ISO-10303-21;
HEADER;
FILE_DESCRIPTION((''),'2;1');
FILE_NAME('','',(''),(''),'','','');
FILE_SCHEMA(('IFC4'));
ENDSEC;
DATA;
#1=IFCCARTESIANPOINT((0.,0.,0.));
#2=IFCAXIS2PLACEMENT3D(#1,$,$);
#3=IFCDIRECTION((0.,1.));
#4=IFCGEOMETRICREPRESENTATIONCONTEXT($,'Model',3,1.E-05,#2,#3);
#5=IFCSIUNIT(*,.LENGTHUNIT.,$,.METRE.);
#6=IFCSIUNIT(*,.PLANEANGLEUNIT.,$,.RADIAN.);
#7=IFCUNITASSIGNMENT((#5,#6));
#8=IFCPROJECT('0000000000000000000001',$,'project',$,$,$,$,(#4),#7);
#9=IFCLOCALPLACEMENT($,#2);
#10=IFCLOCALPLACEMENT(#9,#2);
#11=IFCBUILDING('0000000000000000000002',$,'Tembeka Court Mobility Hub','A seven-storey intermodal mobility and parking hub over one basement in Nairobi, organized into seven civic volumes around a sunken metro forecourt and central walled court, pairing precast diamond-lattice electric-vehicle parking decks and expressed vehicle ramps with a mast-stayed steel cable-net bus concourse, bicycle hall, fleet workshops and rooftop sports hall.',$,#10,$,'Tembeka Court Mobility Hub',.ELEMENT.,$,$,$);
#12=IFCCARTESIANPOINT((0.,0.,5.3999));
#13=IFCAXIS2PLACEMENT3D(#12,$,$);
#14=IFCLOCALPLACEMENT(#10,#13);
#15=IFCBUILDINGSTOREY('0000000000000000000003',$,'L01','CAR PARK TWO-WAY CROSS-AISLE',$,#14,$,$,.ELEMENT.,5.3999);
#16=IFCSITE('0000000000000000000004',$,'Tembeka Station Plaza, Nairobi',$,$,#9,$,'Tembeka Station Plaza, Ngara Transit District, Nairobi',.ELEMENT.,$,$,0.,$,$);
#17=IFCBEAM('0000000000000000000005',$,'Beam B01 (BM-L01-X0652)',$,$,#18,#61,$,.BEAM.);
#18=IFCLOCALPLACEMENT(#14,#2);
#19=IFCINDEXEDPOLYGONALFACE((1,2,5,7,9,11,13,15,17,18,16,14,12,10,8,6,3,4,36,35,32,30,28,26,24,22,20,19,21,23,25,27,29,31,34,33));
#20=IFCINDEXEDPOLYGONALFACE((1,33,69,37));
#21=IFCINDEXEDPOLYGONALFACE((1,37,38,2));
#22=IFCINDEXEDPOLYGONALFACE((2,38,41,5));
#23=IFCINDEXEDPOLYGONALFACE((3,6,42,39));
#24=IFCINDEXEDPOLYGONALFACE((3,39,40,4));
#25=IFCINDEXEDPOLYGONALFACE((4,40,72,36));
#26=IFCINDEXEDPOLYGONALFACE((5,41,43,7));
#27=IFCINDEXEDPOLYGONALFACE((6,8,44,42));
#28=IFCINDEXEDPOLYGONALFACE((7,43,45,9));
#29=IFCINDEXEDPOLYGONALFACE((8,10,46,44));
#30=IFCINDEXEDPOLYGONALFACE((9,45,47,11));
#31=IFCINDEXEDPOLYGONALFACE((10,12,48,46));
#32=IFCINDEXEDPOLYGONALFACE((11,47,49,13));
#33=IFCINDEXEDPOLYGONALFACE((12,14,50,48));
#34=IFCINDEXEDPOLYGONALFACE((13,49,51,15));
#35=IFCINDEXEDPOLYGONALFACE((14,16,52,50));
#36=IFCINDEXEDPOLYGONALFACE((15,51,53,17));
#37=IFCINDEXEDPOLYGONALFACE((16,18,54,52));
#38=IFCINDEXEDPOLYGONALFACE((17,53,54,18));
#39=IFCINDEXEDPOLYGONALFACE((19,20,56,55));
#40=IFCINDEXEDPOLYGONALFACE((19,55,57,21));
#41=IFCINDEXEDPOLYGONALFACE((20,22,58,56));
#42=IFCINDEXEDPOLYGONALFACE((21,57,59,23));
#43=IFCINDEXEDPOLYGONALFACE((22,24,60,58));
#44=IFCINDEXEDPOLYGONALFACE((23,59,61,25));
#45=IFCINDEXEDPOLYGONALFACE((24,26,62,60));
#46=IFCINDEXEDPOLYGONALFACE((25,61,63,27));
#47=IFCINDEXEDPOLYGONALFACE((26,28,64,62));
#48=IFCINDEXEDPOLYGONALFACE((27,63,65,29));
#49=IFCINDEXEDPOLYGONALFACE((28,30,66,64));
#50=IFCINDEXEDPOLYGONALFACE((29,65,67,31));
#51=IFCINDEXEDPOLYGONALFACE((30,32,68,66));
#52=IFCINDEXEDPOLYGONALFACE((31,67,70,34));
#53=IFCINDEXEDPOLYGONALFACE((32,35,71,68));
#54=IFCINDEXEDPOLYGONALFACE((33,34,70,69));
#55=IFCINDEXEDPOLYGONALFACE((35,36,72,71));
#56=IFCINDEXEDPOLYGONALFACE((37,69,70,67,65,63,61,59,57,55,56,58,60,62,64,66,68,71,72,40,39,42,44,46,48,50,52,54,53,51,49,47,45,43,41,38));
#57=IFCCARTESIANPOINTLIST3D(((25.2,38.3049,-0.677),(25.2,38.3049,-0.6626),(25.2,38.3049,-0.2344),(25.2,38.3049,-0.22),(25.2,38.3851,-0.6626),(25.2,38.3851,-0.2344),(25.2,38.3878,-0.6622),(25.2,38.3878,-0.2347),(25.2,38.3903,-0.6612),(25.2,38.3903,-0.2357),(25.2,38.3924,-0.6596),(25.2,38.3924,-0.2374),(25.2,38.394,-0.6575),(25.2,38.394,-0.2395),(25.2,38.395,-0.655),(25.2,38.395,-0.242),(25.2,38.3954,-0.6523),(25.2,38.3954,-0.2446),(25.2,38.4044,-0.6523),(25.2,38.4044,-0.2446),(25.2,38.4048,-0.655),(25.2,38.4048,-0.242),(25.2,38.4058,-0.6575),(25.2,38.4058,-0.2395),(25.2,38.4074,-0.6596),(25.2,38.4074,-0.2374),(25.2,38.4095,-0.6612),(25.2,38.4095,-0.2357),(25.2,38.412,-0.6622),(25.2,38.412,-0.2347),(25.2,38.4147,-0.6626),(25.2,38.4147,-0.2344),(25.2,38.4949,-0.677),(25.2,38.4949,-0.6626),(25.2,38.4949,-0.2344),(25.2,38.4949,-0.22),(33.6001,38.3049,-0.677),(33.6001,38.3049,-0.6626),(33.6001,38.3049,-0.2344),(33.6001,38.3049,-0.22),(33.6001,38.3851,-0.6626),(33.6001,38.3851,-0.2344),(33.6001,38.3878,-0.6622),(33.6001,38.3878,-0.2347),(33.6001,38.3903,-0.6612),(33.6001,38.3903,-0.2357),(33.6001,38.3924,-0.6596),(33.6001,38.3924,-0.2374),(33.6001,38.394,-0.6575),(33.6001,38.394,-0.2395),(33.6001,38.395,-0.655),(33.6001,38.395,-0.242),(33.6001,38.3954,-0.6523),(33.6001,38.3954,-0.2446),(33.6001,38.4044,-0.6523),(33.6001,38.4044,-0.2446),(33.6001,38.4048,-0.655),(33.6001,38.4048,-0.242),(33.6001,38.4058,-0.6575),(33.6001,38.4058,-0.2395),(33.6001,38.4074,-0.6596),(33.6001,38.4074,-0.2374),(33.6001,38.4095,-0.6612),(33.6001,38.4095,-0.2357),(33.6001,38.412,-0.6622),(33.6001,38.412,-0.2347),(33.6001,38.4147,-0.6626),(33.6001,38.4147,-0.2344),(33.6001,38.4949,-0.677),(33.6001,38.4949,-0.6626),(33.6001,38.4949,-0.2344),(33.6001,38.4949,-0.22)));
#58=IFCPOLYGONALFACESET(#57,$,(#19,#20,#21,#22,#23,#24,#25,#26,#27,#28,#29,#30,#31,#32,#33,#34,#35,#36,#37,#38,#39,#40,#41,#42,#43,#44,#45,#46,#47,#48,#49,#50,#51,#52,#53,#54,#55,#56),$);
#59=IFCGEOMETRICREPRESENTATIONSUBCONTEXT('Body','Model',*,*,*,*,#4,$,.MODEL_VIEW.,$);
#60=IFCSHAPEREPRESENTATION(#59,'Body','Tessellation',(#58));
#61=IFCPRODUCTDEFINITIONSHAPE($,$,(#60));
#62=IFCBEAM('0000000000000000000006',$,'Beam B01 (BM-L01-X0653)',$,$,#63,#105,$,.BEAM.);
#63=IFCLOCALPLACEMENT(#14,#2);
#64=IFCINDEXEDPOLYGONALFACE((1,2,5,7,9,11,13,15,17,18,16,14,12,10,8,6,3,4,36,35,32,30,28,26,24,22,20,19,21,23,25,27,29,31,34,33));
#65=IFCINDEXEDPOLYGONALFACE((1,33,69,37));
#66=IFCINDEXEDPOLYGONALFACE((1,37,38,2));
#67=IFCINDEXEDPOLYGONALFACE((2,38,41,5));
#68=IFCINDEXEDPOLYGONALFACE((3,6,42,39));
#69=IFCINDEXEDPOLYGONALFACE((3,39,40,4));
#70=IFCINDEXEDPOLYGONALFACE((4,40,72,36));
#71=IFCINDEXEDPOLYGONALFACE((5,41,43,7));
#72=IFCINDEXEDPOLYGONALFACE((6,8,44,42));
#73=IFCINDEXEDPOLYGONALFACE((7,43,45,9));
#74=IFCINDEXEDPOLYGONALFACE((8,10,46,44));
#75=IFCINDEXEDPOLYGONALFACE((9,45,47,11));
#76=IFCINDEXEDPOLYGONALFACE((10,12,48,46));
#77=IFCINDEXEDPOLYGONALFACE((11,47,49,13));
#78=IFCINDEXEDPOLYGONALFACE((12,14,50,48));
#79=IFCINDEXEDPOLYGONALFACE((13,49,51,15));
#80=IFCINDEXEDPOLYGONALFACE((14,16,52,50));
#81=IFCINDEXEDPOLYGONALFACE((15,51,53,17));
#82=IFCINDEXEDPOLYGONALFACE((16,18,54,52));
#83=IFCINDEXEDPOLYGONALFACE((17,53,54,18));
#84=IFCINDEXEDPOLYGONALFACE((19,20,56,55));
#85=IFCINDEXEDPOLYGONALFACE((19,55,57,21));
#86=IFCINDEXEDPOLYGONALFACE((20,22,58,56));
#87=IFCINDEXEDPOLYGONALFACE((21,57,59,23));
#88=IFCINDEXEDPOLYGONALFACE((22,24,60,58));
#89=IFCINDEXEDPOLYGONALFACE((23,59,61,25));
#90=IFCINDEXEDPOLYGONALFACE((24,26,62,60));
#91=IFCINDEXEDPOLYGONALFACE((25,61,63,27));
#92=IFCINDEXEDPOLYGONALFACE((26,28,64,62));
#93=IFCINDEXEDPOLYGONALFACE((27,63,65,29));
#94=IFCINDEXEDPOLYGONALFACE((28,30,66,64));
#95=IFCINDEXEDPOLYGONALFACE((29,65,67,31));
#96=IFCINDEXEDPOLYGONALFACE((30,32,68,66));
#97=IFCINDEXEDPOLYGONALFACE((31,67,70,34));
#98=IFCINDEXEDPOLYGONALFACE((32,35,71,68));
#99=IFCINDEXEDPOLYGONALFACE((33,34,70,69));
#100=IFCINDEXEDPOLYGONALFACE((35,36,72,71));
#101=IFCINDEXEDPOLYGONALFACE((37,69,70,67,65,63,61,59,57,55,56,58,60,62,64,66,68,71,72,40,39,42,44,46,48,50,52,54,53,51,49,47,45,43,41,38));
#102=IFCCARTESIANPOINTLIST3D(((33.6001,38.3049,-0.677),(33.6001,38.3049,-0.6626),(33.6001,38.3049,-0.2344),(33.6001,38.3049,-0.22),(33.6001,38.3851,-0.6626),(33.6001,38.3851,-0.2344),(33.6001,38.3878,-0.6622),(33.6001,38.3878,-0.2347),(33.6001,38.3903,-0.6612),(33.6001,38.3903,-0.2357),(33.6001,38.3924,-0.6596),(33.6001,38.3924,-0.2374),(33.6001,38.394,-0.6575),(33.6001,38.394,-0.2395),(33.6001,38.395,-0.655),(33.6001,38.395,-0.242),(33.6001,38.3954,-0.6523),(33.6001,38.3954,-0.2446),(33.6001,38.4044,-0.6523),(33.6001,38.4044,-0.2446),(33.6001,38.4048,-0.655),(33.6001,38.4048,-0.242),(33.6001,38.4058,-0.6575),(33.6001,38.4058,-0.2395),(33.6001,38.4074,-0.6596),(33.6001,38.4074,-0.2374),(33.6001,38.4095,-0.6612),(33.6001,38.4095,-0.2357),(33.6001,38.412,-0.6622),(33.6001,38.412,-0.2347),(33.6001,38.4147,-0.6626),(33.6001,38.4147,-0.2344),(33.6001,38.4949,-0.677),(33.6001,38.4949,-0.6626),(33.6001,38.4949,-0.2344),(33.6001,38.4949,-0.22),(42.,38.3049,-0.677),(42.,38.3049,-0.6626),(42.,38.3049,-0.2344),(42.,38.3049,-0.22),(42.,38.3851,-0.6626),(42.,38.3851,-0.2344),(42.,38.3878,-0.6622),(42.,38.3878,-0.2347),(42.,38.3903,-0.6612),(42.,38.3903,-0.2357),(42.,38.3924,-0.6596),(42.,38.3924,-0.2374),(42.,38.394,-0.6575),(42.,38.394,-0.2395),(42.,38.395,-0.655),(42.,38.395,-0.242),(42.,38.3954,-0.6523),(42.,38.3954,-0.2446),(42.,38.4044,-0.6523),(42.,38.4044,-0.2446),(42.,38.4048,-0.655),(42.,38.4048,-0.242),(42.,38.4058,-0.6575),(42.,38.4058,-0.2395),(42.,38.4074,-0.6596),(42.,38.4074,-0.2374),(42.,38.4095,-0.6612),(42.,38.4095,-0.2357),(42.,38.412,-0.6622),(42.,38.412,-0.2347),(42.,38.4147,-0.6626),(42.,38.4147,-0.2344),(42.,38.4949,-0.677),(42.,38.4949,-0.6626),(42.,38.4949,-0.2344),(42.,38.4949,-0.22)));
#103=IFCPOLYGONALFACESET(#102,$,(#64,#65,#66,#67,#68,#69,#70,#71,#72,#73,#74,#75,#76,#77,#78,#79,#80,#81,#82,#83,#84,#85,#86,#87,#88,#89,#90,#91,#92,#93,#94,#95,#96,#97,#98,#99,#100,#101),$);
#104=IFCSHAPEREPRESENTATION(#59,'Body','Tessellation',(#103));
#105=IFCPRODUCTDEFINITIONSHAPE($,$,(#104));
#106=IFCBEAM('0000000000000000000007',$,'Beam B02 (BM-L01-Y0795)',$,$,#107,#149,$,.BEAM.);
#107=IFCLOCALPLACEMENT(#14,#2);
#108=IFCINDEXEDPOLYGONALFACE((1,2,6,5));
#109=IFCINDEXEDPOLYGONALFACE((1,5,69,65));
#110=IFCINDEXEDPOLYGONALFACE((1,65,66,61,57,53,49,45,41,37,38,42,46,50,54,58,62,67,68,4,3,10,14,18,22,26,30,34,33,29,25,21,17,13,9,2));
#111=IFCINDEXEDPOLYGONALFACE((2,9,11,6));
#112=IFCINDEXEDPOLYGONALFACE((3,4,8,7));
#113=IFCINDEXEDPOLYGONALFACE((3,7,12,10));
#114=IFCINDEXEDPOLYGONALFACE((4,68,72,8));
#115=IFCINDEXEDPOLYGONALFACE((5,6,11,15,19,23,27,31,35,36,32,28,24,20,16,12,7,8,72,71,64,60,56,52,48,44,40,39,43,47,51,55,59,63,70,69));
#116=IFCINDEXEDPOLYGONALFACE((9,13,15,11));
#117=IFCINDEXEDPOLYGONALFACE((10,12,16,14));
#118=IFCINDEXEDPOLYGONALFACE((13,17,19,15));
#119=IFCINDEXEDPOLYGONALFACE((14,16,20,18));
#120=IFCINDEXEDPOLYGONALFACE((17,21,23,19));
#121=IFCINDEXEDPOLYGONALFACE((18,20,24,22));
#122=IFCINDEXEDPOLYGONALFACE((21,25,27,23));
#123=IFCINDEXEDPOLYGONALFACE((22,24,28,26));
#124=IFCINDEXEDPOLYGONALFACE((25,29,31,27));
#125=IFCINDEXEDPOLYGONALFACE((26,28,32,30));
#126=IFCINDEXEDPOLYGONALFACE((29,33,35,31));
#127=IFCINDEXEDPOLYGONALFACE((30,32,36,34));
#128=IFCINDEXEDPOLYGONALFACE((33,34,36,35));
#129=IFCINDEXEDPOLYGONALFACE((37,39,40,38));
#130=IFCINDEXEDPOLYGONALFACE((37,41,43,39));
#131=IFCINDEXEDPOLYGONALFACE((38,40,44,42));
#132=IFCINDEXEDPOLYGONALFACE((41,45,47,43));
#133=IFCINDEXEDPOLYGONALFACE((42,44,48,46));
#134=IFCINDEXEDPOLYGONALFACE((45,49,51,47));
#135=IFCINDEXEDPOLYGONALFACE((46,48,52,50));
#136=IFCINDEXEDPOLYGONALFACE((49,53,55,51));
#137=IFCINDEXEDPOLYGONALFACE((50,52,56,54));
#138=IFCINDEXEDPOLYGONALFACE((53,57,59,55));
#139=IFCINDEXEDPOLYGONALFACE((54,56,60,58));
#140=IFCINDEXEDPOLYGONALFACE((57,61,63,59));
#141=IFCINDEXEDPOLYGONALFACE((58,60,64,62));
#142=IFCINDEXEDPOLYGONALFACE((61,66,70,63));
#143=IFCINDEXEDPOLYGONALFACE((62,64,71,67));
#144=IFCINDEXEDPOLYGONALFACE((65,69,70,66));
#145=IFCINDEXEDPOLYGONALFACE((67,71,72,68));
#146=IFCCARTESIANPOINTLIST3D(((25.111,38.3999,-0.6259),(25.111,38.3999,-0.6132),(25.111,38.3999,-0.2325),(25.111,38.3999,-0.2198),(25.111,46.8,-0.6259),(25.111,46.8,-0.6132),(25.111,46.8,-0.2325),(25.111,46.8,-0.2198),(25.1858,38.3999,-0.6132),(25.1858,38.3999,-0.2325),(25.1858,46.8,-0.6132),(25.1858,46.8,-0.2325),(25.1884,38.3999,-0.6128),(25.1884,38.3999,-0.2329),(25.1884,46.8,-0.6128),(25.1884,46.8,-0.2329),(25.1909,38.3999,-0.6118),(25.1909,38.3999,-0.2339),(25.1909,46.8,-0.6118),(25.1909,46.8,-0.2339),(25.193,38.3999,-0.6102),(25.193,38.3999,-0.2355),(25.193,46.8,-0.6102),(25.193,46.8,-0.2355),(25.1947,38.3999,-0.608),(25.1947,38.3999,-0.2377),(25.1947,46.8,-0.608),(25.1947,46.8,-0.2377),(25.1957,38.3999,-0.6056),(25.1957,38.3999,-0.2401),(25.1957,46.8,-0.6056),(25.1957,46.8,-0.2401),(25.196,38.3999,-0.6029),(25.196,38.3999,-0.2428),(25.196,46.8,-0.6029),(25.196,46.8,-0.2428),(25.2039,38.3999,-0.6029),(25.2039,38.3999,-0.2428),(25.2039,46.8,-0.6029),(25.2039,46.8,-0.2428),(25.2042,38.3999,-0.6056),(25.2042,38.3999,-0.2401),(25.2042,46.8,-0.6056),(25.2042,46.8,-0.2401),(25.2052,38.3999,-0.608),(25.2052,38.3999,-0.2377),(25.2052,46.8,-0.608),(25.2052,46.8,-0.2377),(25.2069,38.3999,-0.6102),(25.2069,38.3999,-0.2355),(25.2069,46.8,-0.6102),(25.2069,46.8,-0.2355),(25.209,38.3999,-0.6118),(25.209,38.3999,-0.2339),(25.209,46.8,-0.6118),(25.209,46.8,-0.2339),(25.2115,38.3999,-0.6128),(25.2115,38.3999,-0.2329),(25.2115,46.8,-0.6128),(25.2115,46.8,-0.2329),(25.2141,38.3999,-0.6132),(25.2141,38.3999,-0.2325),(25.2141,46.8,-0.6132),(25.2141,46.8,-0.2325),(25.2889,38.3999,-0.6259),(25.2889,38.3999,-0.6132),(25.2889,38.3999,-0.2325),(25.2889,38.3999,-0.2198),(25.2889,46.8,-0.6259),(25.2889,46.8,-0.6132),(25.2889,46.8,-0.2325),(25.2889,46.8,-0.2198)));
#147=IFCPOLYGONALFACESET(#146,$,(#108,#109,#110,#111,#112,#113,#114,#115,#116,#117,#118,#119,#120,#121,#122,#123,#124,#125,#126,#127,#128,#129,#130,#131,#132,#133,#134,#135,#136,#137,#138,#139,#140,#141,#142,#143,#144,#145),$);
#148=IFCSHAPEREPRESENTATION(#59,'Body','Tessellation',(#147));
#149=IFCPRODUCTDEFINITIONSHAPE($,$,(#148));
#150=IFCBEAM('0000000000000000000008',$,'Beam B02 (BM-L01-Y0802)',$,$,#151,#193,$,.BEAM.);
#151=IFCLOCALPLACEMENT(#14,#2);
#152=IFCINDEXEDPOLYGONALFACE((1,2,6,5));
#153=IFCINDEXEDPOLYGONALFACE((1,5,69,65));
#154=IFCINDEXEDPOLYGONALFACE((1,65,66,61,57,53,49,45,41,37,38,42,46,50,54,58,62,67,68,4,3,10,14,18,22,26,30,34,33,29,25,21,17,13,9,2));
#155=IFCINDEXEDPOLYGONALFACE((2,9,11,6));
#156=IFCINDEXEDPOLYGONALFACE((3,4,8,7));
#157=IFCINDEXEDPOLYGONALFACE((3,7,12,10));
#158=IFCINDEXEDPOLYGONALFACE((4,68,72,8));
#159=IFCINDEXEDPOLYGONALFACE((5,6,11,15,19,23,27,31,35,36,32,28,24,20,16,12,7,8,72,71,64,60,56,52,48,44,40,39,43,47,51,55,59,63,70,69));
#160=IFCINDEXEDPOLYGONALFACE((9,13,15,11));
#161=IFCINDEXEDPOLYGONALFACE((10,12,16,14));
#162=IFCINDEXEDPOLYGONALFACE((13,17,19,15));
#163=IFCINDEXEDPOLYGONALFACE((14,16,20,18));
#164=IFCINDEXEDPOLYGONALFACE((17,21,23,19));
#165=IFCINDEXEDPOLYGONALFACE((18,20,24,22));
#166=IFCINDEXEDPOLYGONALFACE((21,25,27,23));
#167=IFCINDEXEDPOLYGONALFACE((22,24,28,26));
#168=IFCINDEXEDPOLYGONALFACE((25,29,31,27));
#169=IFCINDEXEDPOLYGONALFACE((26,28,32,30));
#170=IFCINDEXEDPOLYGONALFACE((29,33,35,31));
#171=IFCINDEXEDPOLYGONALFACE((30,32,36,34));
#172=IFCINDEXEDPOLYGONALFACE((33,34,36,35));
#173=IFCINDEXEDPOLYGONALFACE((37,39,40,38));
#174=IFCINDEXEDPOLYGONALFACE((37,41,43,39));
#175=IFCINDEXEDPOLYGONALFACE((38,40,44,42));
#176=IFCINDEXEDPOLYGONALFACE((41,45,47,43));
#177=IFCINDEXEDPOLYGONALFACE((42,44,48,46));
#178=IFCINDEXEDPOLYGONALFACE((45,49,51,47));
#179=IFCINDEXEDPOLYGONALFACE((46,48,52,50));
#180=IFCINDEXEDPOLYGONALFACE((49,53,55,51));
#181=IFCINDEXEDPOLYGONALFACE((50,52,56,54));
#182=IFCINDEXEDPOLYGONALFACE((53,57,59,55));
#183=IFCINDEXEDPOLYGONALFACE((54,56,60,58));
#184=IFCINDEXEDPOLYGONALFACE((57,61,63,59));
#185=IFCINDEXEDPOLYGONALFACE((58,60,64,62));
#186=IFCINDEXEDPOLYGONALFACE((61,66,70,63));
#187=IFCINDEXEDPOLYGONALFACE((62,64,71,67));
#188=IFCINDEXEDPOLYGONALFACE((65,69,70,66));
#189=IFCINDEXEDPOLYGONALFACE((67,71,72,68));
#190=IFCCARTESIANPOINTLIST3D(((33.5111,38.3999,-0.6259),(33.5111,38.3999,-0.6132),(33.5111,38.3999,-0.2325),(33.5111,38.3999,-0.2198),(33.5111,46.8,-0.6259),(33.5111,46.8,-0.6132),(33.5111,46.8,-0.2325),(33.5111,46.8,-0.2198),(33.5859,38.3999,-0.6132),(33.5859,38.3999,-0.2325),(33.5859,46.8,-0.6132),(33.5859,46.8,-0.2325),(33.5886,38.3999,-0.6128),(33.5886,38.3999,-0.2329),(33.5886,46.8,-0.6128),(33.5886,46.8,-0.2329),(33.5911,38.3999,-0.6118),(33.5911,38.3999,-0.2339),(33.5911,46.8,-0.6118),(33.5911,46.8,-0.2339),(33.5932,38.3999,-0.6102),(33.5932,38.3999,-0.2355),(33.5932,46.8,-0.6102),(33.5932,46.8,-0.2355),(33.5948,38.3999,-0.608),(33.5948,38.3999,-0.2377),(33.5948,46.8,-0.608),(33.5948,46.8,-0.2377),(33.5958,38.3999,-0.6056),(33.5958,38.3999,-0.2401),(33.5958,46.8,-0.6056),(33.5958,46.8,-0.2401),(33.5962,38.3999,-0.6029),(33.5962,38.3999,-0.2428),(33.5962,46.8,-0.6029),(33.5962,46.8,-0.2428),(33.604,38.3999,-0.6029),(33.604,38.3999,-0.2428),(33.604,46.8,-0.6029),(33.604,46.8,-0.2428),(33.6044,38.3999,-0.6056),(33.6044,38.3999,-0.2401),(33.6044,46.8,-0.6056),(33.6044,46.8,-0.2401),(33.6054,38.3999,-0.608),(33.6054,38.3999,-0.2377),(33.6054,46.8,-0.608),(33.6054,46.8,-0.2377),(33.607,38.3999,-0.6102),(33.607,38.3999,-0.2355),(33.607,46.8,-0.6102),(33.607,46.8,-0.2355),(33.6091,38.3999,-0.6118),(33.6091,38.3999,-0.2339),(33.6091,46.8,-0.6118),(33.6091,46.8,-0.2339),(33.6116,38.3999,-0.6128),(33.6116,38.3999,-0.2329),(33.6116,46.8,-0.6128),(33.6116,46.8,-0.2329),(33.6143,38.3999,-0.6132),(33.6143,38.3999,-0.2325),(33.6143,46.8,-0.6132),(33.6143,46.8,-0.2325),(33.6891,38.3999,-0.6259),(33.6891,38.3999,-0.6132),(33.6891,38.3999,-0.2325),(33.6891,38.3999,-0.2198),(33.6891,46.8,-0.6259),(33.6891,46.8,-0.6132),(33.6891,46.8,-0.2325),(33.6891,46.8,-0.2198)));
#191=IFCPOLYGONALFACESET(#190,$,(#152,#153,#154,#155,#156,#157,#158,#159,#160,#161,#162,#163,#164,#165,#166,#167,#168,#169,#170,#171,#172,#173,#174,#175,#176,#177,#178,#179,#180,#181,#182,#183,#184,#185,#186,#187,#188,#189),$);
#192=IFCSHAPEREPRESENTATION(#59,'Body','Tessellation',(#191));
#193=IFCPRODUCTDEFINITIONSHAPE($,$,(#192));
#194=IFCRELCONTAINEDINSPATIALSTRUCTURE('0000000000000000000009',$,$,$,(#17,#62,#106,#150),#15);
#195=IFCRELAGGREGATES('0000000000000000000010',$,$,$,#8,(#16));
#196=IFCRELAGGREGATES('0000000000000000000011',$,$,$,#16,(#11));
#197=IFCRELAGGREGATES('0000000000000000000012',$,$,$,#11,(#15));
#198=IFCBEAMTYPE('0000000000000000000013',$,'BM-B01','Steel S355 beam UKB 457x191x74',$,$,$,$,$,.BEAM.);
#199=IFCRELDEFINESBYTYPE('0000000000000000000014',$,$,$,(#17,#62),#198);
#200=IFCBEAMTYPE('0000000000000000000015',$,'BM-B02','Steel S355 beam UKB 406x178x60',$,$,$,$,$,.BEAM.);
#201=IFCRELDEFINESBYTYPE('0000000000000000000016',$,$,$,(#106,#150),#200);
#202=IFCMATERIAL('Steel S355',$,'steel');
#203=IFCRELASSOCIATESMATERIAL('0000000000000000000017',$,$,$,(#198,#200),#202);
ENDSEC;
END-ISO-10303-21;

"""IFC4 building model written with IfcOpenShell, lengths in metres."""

from ifc_helpers import new_model, si_unit, direction, frame, origin, origin_2d, place, context, subcontext, project, spatial, i_section, extrude, material, material_profile, profile_set, type_object, element, save


model = new_model("IFC4")

# Units and contexts
model_context = context("Model", 3, precision=1e-05, world=origin(), true_north=direction((0.0, 1.0)))
body_context = subcontext(model_context, "Body", "Model", "MODEL_VIEW")
ifc_project = project(units=[si_unit("LENGTHUNIT", "METRE"), si_unit("PLANEANGLEUNIT", "RADIAN")], contexts=[model_context])

# Site, building, storey
site_placement = place(None, origin())
site = spatial("IfcSite", under=ifc_project, at=site_placement, Name="Tembeka Station Plaza, Nairobi", LongName="Tembeka Station Plaza, Ngara Transit District, Nairobi", CompositionType="ELEMENT", RefElevation=0.0)
building_placement = place(site_placement, origin())
building = spatial("IfcBuilding", under=site, at=building_placement, Name="Tembeka Court Mobility Hub", Description="A seven-storey intermodal mobility and parking hub over one basement in Nairobi, organized into seven civic volumes around a sunken metro forecourt and central walled court, pairing precast diamond-lattice electric-vehicle parking decks and expressed vehicle ramps with a mast-stayed steel cable-net bus concourse, bicycle hall, fleet workshops and rooftop sports hall.", LongName="Tembeka Court Mobility Hub", CompositionType="ELEMENT")
storey_placement = place(building_placement, frame((0.0, 0.0, 5.3999)))
storey = spatial("IfcBuildingStorey", under=building, at=storey_placement, Name="L01", Description="CAR PARK TWO-WAY CROSS-AISLE", CompositionType="ELEMENT", Elevation=5.3999)

# Shared definitions
ifc_material_1 = material(Name="Steel S355", Category="steel")

# Beams
ifc_material_profile_1 = material_profile(ifc_material_1, i_section(OverallWidth=0.1899, OverallDepth=0.457, WebThickness=0.009, FlangeThickness=0.0144, FilletRadius=0.0103, at=origin_2d()), Name="UKB 457x191x74")
ifc_profile_set_1 = profile_set([ifc_material_profile_1], Name="Steel S355")
beam_type_1 = type_object("IfcBeamType", Name="BM-B01", Description="Steel S355 beam UKB 457x191x74", PredefinedType="BEAM", material=ifc_profile_set_1)
beam_1_placement = place(storey_placement, frame((25.2, 38.3999, -0.4485), z_axis=(1.0, 0.0, 0.0), x_axis=(0.0, 1.0, 0.0)))
element("IfcBeam", 1, at=beam_1_placement, inside=storey, type_object=beam_type_1, Name="Beam B01 (BM-L01-X0652)", PredefinedType="BEAM", context=body_context, shape_type="SweptSolid", body=[
    extrude(i_section(OverallWidth=0.1899, OverallDepth=0.457, WebThickness=0.009, FlangeThickness=0.0144, FilletRadius=0.0103, at=origin_2d()), origin(), (0.0, 0.0, 1.0), 8.4001),
])
beam_2_placement = place(storey_placement, frame((33.6001, 38.3999, -0.4485), z_axis=(1.0, 0.0, 0.0), x_axis=(0.0, 1.0, 0.0)))
element("IfcBeam", 2, at=beam_2_placement, inside=storey, type_object=beam_type_1, Name="Beam B01 (BM-L01-X0653)", PredefinedType="BEAM", context=body_context, shape_type="SweptSolid", body=[
    extrude(i_section(OverallWidth=0.1899, OverallDepth=0.457, WebThickness=0.009, FlangeThickness=0.0144, FilletRadius=0.0103, at=origin_2d()), origin(), (0.0, 0.0, 1.0), 8.3999),
])
ifc_material_profile_2 = material_profile(ifc_material_1, i_section(OverallWidth=0.178, OverallDepth=0.406, WebThickness=0.0078, FlangeThickness=0.0127, FilletRadius=0.0103, at=origin_2d()), Name="UKB 406x178x60")
ifc_profile_set_2 = profile_set([ifc_material_profile_2], Name="Steel S355")
beam_type_2 = type_object("IfcBeamType", Name="BM-B02", Description="Steel S355 beam UKB 406x178x60", PredefinedType="BEAM", material=ifc_profile_set_2)
for number, where, z_axis, x_axis, name in (
    (3, (25.2, 38.3999, -0.4229), (0.0, 1.0, 0.0), (-1.0, 0.0, 0.0), "Beam B02 (BM-L01-Y0795)"),
    (4, (33.6001, 38.3999, -0.4229), (0.0, 1.0, 0.0), (-1.0, 0.0, 0.0), "Beam B02 (BM-L01-Y0802)"),
):
    element("IfcBeam", number, at=place(storey_placement, frame(where, z_axis=z_axis, x_axis=x_axis)), inside=storey, type_object=beam_type_2, Name=name, PredefinedType="BEAM", context=body_context, shape_type="SweptSolid", body=[
        extrude(i_section(OverallWidth=0.178, OverallDepth=0.406, WebThickness=0.0078, FlangeThickness=0.0127, FilletRadius=0.0103, at=origin_2d()), origin(), (0.0, 0.0, 1.0), 8.4001),
    ])

save(model, "model.ifc")
